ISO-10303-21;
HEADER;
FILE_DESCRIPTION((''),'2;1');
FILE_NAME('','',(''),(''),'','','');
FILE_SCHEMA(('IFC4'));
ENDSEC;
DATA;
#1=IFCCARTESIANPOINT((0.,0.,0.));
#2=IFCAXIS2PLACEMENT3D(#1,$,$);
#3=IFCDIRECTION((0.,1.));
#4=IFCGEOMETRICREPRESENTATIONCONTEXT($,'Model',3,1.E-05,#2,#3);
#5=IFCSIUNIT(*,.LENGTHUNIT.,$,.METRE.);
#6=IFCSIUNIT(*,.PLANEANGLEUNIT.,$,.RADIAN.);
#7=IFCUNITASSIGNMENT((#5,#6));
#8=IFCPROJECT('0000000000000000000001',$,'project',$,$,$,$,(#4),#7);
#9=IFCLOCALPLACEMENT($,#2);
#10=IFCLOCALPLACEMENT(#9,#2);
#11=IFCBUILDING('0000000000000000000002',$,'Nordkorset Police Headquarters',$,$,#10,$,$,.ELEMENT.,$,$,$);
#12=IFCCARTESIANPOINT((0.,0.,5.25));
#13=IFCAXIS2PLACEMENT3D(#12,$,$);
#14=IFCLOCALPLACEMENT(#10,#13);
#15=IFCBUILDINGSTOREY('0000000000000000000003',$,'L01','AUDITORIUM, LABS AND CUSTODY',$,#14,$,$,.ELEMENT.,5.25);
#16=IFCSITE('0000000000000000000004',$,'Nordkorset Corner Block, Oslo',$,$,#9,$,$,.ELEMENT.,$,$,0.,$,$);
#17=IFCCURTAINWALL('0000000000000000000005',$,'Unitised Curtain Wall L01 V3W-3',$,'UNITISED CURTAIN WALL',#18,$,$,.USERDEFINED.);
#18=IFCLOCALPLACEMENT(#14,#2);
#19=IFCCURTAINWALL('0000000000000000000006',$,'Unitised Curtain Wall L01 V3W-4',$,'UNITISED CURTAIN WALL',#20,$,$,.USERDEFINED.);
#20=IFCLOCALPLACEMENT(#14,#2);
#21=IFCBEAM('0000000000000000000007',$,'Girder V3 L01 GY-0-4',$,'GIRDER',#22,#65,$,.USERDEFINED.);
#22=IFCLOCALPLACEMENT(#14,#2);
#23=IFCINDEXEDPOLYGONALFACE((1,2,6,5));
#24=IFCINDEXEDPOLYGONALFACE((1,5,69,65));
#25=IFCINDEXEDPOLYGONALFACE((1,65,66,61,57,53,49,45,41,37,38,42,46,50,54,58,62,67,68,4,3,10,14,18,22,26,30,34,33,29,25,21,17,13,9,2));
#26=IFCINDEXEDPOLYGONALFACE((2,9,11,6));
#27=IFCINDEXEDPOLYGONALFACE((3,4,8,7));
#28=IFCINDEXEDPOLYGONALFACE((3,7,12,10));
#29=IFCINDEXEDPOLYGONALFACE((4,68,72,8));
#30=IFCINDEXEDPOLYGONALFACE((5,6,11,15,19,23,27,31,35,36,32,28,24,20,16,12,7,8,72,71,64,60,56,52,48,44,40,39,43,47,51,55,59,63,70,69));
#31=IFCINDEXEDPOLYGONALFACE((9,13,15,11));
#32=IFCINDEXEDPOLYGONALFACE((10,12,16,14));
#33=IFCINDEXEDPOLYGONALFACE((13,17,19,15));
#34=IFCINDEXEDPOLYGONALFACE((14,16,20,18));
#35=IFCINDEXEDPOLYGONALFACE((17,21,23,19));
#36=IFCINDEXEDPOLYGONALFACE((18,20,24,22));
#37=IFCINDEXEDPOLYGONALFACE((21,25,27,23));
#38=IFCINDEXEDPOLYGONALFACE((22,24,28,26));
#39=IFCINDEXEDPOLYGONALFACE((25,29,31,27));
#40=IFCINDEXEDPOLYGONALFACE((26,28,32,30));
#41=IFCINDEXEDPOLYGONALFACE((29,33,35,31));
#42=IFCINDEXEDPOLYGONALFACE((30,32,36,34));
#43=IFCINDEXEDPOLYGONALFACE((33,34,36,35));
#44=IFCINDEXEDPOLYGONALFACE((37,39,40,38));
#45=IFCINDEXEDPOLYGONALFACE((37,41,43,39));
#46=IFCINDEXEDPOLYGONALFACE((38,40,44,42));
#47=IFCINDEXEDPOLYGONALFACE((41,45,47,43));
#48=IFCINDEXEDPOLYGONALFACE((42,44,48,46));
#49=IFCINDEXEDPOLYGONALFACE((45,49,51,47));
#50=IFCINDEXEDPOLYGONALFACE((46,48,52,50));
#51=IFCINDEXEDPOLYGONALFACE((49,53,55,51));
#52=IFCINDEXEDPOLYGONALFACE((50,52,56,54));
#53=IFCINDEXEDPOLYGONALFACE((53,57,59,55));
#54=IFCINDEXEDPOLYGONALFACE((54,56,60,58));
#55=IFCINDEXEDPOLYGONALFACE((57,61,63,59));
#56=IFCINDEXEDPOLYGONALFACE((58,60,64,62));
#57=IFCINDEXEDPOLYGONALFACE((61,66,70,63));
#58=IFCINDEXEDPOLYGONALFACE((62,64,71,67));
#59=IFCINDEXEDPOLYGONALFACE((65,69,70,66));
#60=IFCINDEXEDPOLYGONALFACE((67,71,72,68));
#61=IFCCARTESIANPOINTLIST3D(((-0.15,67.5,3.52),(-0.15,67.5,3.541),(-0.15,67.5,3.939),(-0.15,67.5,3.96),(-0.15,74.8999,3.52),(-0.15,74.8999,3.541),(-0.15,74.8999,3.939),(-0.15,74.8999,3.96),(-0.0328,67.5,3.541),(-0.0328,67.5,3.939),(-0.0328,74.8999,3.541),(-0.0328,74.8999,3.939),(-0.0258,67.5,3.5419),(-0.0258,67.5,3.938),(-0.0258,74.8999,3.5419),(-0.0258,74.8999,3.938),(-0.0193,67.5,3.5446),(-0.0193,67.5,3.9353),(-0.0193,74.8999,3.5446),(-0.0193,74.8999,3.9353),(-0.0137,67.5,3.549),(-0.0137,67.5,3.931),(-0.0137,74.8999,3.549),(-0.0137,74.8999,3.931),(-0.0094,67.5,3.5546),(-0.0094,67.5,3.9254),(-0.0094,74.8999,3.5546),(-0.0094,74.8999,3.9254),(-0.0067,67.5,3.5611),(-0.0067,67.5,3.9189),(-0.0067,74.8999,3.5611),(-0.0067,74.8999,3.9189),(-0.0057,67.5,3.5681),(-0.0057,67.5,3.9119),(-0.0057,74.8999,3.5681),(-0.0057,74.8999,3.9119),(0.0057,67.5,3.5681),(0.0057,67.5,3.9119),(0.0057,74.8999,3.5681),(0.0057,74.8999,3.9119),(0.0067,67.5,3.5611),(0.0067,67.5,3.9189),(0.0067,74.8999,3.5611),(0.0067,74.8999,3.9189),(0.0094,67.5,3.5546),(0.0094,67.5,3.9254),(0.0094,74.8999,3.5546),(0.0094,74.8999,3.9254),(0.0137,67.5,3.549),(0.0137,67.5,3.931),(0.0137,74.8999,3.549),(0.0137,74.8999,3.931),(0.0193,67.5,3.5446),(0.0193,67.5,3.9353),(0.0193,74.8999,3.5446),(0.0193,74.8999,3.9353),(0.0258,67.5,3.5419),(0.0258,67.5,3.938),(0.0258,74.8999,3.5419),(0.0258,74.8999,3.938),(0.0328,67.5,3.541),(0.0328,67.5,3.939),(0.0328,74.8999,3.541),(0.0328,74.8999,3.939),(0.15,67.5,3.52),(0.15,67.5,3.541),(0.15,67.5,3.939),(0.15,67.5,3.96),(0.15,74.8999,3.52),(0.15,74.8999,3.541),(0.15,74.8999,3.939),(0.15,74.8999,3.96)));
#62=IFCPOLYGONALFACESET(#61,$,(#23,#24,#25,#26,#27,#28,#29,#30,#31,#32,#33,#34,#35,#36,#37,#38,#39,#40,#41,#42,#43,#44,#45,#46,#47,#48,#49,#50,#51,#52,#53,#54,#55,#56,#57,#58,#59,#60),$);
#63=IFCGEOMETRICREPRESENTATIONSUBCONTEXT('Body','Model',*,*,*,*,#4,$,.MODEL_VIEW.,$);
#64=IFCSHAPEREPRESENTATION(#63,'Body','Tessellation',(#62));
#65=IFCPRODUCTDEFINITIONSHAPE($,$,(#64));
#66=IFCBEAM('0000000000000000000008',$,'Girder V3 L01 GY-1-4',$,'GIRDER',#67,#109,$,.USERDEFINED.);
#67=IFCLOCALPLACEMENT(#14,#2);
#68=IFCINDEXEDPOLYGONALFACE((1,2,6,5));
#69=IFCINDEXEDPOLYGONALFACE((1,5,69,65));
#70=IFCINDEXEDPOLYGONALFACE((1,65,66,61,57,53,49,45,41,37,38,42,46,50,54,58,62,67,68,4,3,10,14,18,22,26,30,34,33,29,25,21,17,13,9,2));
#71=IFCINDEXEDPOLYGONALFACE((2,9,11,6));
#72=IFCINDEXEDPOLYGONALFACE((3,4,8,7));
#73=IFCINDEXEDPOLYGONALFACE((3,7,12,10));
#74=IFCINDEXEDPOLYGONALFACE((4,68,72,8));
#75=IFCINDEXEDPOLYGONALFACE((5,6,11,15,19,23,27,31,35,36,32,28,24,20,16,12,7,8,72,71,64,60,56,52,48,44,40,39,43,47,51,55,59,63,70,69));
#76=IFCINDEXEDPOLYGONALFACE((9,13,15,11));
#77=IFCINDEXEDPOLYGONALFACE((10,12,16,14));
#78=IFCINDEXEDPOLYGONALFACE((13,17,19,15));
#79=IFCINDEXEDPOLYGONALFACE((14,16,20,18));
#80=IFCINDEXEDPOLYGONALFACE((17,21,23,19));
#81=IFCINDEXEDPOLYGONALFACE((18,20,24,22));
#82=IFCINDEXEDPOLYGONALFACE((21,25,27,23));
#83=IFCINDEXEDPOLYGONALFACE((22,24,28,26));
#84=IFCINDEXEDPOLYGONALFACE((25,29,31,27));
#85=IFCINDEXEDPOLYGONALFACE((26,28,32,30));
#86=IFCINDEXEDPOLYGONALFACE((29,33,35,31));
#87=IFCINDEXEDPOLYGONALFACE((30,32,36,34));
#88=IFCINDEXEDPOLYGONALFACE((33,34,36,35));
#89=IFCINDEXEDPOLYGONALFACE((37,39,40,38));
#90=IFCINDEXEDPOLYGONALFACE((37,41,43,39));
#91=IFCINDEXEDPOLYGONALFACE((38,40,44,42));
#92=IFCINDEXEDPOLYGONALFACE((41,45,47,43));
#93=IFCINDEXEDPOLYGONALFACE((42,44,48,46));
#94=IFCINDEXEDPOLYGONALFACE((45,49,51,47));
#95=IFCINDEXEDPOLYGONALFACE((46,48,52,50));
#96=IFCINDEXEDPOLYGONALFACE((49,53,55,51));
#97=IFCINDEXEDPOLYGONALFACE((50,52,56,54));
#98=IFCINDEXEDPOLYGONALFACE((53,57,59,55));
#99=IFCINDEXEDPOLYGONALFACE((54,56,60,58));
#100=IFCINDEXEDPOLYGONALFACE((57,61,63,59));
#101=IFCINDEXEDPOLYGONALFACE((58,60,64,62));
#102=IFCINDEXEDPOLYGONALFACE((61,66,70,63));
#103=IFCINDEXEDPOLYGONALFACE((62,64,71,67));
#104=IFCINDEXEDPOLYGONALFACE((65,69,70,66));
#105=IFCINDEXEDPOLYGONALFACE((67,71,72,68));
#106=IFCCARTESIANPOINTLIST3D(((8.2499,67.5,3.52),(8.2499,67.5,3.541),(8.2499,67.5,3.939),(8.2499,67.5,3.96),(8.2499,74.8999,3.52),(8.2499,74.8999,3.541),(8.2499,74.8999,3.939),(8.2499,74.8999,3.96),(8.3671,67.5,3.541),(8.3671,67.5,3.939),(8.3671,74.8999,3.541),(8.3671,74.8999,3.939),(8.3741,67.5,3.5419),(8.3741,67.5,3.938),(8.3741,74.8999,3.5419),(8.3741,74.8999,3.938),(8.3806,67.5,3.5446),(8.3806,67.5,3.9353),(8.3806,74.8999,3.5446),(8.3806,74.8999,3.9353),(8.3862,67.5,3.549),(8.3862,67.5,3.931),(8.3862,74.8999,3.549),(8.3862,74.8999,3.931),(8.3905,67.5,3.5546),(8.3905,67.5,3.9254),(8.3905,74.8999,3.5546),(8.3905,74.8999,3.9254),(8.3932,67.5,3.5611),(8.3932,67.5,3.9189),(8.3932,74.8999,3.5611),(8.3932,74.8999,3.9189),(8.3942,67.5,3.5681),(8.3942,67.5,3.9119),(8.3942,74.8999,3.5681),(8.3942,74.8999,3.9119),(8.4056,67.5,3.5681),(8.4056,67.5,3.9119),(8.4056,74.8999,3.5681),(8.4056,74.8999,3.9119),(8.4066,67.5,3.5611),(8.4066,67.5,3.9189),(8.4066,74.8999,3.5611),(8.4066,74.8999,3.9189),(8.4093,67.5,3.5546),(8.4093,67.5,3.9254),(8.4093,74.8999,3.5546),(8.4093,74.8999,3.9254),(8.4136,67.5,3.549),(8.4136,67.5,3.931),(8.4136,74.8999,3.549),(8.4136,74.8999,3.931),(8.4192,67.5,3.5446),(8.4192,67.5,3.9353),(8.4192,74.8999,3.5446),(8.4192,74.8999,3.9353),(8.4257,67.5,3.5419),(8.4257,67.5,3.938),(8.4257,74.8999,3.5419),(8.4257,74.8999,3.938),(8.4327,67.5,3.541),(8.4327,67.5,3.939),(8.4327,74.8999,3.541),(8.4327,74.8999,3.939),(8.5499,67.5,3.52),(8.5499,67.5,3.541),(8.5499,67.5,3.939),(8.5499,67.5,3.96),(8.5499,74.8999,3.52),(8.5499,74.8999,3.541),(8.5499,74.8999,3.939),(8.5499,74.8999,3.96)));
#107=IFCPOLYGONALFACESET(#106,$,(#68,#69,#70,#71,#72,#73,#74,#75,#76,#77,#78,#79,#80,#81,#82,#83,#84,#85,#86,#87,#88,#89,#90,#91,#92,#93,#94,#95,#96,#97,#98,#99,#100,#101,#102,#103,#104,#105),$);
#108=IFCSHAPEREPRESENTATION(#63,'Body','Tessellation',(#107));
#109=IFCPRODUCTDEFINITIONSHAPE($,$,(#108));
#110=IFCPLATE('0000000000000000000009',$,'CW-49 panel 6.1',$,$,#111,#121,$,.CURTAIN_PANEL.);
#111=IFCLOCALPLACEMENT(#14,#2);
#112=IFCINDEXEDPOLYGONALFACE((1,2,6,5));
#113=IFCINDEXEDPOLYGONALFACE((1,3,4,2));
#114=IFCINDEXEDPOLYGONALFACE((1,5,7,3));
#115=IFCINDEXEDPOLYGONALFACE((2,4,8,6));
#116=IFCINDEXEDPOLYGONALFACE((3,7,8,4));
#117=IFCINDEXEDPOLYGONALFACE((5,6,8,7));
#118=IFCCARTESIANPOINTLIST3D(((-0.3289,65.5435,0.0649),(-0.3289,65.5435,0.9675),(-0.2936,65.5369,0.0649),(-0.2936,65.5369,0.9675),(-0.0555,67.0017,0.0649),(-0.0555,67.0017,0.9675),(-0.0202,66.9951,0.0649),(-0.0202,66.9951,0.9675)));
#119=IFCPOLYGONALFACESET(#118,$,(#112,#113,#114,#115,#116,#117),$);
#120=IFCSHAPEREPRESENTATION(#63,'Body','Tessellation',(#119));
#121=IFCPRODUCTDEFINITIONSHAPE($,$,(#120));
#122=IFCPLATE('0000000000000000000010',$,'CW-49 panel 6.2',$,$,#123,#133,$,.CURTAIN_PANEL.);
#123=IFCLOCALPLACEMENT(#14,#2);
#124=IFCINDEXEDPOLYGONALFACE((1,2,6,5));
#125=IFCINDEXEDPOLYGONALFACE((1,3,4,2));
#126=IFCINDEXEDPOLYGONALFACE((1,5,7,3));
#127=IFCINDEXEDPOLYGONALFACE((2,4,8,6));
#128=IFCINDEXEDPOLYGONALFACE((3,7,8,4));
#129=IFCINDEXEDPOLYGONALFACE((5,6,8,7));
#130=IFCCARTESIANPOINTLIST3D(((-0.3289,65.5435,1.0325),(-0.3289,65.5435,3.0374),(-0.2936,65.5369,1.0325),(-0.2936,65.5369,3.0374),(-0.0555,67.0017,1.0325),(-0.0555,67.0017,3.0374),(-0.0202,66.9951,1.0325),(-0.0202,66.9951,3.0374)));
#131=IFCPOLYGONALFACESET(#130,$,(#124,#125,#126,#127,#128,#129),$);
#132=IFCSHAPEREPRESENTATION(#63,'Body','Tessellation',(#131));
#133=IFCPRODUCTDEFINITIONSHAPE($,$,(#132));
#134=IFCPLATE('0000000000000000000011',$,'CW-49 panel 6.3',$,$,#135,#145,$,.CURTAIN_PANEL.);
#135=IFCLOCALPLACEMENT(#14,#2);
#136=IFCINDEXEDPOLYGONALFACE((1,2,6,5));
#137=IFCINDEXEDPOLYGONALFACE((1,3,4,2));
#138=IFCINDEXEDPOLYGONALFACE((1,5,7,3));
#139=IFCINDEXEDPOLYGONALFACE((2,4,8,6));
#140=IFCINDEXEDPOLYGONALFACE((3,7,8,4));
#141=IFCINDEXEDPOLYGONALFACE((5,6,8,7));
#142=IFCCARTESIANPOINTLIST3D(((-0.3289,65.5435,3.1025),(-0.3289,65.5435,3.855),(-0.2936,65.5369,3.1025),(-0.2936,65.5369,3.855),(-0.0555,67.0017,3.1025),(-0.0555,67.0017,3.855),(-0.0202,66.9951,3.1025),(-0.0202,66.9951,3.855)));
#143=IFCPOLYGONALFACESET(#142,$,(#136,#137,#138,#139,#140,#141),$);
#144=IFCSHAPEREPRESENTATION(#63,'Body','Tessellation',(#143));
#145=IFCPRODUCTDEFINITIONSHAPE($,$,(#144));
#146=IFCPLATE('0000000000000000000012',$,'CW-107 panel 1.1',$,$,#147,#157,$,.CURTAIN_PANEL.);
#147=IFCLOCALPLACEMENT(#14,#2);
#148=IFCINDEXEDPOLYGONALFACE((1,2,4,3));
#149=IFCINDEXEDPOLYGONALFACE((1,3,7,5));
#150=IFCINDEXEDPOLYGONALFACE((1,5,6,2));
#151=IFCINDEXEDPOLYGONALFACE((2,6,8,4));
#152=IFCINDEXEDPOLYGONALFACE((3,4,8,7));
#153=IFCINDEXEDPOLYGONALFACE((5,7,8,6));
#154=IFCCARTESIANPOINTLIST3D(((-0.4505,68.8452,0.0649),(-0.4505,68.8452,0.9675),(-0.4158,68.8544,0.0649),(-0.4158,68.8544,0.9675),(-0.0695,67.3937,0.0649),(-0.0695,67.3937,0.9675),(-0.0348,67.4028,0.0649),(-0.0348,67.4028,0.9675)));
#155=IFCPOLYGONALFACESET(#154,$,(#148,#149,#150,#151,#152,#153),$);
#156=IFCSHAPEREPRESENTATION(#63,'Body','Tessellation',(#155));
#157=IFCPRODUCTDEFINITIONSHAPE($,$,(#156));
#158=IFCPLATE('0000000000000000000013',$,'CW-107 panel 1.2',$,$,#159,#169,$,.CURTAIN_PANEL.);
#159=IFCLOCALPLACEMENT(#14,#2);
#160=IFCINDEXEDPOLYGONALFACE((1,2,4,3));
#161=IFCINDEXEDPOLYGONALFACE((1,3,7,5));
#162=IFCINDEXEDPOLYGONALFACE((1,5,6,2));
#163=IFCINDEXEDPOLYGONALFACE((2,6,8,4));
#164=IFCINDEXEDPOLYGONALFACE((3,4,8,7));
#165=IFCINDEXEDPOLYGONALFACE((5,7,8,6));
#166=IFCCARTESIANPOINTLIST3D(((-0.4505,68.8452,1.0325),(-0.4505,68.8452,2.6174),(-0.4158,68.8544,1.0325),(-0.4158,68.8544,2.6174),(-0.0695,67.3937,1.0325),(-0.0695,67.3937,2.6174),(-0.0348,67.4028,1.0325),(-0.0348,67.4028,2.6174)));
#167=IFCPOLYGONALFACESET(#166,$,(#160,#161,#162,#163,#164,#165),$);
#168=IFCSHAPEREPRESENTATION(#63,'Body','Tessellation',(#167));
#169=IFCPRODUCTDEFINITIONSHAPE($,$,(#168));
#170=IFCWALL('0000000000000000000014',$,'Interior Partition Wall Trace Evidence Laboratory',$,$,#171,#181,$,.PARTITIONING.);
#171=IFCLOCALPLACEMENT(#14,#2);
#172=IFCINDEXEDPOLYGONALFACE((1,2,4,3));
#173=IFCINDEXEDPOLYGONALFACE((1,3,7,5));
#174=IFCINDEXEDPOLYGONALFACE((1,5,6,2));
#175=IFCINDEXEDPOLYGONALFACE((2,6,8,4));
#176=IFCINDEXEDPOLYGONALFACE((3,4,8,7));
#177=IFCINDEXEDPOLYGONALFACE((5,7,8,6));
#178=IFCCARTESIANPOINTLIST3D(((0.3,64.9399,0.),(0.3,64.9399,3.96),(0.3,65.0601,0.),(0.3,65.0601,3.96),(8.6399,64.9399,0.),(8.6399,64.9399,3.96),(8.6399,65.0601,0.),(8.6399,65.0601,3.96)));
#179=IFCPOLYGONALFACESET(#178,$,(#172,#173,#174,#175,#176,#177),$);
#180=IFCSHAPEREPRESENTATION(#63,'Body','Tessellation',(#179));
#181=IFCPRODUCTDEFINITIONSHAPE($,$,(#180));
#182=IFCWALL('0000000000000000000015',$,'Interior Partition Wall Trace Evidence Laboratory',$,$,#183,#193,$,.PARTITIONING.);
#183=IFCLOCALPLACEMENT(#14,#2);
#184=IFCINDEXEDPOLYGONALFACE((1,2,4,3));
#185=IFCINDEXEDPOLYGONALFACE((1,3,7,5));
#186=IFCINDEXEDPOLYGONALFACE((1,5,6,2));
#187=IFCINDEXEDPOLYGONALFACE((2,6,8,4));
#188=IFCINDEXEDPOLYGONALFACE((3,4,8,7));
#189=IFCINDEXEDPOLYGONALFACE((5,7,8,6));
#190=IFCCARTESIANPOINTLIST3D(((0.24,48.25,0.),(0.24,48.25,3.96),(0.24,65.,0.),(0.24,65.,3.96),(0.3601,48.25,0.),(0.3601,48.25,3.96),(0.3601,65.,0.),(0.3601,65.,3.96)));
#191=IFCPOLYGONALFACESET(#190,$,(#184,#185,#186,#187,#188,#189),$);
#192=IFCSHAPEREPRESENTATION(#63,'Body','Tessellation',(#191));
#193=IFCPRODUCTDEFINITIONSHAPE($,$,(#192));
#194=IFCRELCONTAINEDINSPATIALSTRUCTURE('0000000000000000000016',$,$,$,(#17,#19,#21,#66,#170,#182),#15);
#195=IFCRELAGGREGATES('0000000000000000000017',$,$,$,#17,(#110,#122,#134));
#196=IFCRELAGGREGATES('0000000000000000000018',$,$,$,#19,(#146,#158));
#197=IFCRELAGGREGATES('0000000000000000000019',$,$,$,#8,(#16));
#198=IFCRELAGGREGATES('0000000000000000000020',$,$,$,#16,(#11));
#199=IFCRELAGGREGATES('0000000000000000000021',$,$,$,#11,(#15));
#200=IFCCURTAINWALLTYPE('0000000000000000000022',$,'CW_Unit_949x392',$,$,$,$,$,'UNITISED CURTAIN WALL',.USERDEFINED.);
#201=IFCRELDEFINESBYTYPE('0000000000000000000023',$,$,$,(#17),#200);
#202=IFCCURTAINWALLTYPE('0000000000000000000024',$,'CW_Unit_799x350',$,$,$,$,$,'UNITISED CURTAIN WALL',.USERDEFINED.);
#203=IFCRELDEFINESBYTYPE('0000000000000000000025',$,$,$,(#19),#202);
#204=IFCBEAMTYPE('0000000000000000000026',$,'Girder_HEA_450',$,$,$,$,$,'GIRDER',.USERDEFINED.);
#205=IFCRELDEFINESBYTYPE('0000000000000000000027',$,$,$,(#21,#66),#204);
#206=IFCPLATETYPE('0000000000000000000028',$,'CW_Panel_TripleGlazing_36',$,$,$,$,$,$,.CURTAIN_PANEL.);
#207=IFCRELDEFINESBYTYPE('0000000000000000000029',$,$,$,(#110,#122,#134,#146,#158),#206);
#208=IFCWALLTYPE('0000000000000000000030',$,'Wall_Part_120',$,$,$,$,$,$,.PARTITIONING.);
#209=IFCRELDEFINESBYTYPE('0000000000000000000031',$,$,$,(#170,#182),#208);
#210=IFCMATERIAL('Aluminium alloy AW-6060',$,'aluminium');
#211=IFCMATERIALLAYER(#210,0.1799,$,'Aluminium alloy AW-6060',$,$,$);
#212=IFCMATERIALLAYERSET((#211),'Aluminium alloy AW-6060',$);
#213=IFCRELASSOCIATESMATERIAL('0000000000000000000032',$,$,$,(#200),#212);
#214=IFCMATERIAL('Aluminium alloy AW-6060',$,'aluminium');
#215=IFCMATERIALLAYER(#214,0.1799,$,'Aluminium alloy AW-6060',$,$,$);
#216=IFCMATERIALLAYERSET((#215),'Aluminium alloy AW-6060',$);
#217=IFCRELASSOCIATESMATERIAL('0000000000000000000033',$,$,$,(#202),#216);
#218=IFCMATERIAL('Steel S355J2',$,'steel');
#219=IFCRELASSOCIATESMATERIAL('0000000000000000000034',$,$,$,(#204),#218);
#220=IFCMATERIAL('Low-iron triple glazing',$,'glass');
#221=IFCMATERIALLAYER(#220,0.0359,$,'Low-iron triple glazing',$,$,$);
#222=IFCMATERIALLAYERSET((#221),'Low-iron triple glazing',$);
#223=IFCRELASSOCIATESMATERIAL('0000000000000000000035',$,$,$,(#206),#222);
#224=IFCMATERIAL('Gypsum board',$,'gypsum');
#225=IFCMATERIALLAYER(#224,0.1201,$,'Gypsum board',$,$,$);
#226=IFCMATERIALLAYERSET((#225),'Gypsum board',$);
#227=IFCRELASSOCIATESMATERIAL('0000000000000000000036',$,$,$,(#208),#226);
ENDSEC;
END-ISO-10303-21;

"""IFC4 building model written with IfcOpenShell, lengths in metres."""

from ifc_helpers import new_model, si_unit, direction, frame, frame_2d, origin, origin_2d, place, context, subcontext, project, spatial, rectangle, i_section, extrude, material, layer, layer_set, material_profile, profile_set, type_object, element, aggregate, save


model = new_model("IFC4")

# Units and contexts
model_context = context("Model", 3, precision=1e-05, world=origin(), true_north=direction((0.0, 1.0)))
body_context = subcontext(model_context, "Body", "Model", "MODEL_VIEW")
ifc_project = project(units=[si_unit("LENGTHUNIT", "METRE"), si_unit("PLANEANGLEUNIT", "RADIAN")], contexts=[model_context])

# Site, building, storey
site_placement = place(None, origin())
site = spatial("IfcSite", under=ifc_project, at=site_placement, Name="Nordkorset Corner Block, Oslo", CompositionType="ELEMENT", RefElevation=0.0)
building_placement = place(site_placement, origin())
building = spatial("IfcBuilding", under=site, at=building_placement, Name="Nordkorset Police Headquarters", CompositionType="ELEMENT")
storey_placement = place(building_placement, frame((0.0, 0.0, 5.25)))
storey = spatial("IfcBuildingStorey", under=building, at=storey_placement, Name="L01", Description="AUDITORIUM, LABS AND CUSTODY", CompositionType="ELEMENT", Elevation=5.25)

# Curtain walls
ifc_material_1 = material(Name="Aluminium alloy AW-6060", Category="aluminium")
ifc_layer_1 = layer(ifc_material_1, 0.1799, Name="Aluminium alloy AW-6060")
ifc_layer_set_1 = layer_set([ifc_layer_1], Name="Aluminium alloy AW-6060")
curtain_wall_type_1 = type_object("IfcCurtainWallType", Name="CW_Unit_949x392", ElementType="UNITISED CURTAIN WALL", PredefinedType="USERDEFINED", material=ifc_layer_set_1)
curtain_wall_1_placement = place(storey_placement, origin())
curtain_wall_1 = element("IfcCurtainWall", 1, at=curtain_wall_1_placement, inside=storey, type_object=curtain_wall_type_1, Name="Unitised Curtain Wall L01 V3W-3", ObjectType="UNITISED CURTAIN WALL", PredefinedType="USERDEFINED")
ifc_material_2 = material(Name="Aluminium alloy AW-6060", Category="aluminium")
ifc_layer_2 = layer(ifc_material_2, 0.1799, Name="Aluminium alloy AW-6060")
ifc_layer_set_2 = layer_set([ifc_layer_2], Name="Aluminium alloy AW-6060")
curtain_wall_type_2 = type_object("IfcCurtainWallType", Name="CW_Unit_799x350", ElementType="UNITISED CURTAIN WALL", PredefinedType="USERDEFINED", material=ifc_layer_set_2)
curtain_wall_2_placement = place(storey_placement, origin())
curtain_wall_2 = element("IfcCurtainWall", 2, at=curtain_wall_2_placement, inside=storey, type_object=curtain_wall_type_2, Name="Unitised Curtain Wall L01 V3W-4", ObjectType="UNITISED CURTAIN WALL", PredefinedType="USERDEFINED")

# Beams
ifc_material_3 = material(Name="Steel S355J2", Category="steel")
ifc_material_profile_1 = material_profile(ifc_material_3, i_section(OverallWidth=0.3, OverallDepth=0.4399, WebThickness=0.0115, FlangeThickness=0.021, FilletRadius=0.0271, at=origin_2d()), Name="HEA 450")
ifc_profile_set_1 = profile_set([ifc_material_profile_1], Name="Steel S355J2")
beam_type_1 = type_object("IfcBeamType", Name="Girder_HEA_450", ElementType="GIRDER", PredefinedType="USERDEFINED", material=ifc_profile_set_1)
for number, where, z_axis, x_axis, name in (
    (3, (0.0, 67.5, 3.74), (0.0, 1.0, 0.0), (-1.0, 0.0, 0.0), "Girder V3 L01 GY-0-4"),
    (4, (8.3999, 67.5, 3.74), (0.0, 1.0, 0.0), (-1.0, 0.0, 0.0), "Girder V3 L01 GY-1-4"),
):
    element("IfcBeam", number, at=place(storey_placement, frame(where, z_axis=z_axis, x_axis=x_axis)), inside=storey, type_object=beam_type_1, Name=name, ObjectType="GIRDER", PredefinedType="USERDEFINED", context=body_context, shape_type="SweptSolid", body=[
        extrude(i_section(OverallWidth=0.3, OverallDepth=0.4399, WebThickness=0.0115, FlangeThickness=0.021, FilletRadius=0.0271, at=origin_2d()), origin(), (0.0, 0.0, 1.0), 7.3999),
    ])

# Plates
ifc_material_4 = material(Name="Low-iron triple glazing", Category="glass")
ifc_layer_3 = layer(ifc_material_4, 0.0359, Name="Low-iron triple glazing")
ifc_layer_set_3 = layer_set([ifc_layer_3], Name="Low-iron triple glazing")
plate_type = type_object("IfcPlateType", Name="CW_Panel_TripleGlazing_36", PredefinedType="CURTAIN_PANEL", material=ifc_layer_set_3)
plate_1_placement = place(storey_placement, frame((-0.1746, 66.2693, 0.0649), z_axis=(0.0, 0.0, 1.0), x_axis=(0.184289, 0.982872, 0.0)))
plate_1 = element("IfcPlate", 5, at=plate_1_placement, type_object=plate_type, Name="CW-49 panel 6.1", PredefinedType="CURTAIN_PANEL", context=body_context, shape_type="SweptSolid", body=[
    extrude(rectangle(XDim=1.4836, YDim=0.0359, at=origin_2d()), origin(), (0.0, 0.0, 1.0), 0.9026),
])
plate_2_placement = place(storey_placement, frame((-0.1746, 66.2693, 1.0325), z_axis=(0.0, 0.0, 1.0), x_axis=(0.184289, 0.982872, 0.0)))
plate_2 = element("IfcPlate", 6, at=plate_2_placement, type_object=plate_type, Name="CW-49 panel 6.2", PredefinedType="CURTAIN_PANEL", context=body_context, shape_type="SweptSolid", body=[
    extrude(rectangle(XDim=1.4836, YDim=0.0359, at=origin_2d()), origin(), (0.0, 0.0, 1.0), 2.0049),
])
plate_3_placement = place(storey_placement, frame((-0.1746, 66.2693, 3.1025), z_axis=(0.0, 0.0, 1.0), x_axis=(0.184289, 0.982872, 0.0)))
plate_3 = element("IfcPlate", 7, at=plate_3_placement, type_object=plate_type, Name="CW-49 panel 6.3", PredefinedType="CURTAIN_PANEL", context=body_context, shape_type="SweptSolid", body=[
    extrude(rectangle(XDim=1.4836, YDim=0.0359, at=origin_2d()), origin(), (0.0, 0.0, 1.0), 0.7524),
])
aggregate(curtain_wall_1, [plate_1, plate_2, plate_3])
plate_4_placement = place(storey_placement, frame((-0.2427, 68.124, 0.0649), z_axis=(0.0, 0.0, 1.0), x_axis=(-0.253897, 0.967231, 0.0)))
plate_4 = element("IfcPlate", 8, at=plate_4_placement, type_object=plate_type, Name="CW-107 panel 1.1", PredefinedType="CURTAIN_PANEL", context=body_context, shape_type="SweptSolid", body=[
    extrude(rectangle(XDim=1.5007, YDim=0.0359, at=origin_2d()), origin(), (0.0, 0.0, 1.0), 0.9026),
])
plate_5_placement = place(storey_placement, frame((-0.2427, 68.124, 1.0325), z_axis=(0.0, 0.0, 1.0), x_axis=(-0.253897, 0.967231, 0.0)))
plate_5 = element("IfcPlate", 9, at=plate_5_placement, type_object=plate_type, Name="CW-107 panel 1.2", PredefinedType="CURTAIN_PANEL", context=body_context, shape_type="SweptSolid", body=[
    extrude(rectangle(XDim=1.5007, YDim=0.0359, at=origin_2d()), origin(), (0.0, 0.0, 1.0), 1.585),
])
aggregate(curtain_wall_2, [plate_4, plate_5])

# Walls
ifc_material_5 = material(Name="Gypsum board", Category="gypsum")
ifc_layer_4 = layer(ifc_material_5, 0.1201, Name="Gypsum board")
ifc_layer_set_4 = layer_set([ifc_layer_4], Name="Gypsum board")
wall_type_1 = type_object("IfcWallType", Name="Wall_Part_120", PredefinedType="PARTITIONING", material=ifc_layer_set_4)
wall_1_placement = place(storey_placement, frame((8.6399, 65.0, 0.0), z_axis=(0.0, 0.0, 1.0), x_axis=(-1.0, 0.0, 0.0)))
element("IfcWall", 10, at=wall_1_placement, inside=storey, type_object=wall_type_1, Name="Interior Partition Wall Trace Evidence Laboratory", PredefinedType="PARTITIONING", context=body_context, shape_type="SweptSolid", body=[
    extrude(rectangle(XDim=8.3398, YDim=0.1201, at=frame_2d((4.1699, 0.0))), origin(), (0.0, 0.0, 1.0), 3.96),
])
wall_2_placement = place(storey_placement, frame((0.3, 65.0, 0.0), z_axis=(0.0, 0.0, 1.0), x_axis=(0.0, -1.0, 0.0)))
element("IfcWall", 11, at=wall_2_placement, inside=storey, type_object=wall_type_1, Name="Interior Partition Wall Trace Evidence Laboratory", PredefinedType="PARTITIONING", context=body_context, shape_type="SweptSolid", body=[
    extrude(rectangle(XDim=16.75, YDim=0.1201, at=frame_2d((8.375, 0.0))), origin(), (0.0, 0.0, 1.0), 3.96),
])

save(model, "model.ifc")
